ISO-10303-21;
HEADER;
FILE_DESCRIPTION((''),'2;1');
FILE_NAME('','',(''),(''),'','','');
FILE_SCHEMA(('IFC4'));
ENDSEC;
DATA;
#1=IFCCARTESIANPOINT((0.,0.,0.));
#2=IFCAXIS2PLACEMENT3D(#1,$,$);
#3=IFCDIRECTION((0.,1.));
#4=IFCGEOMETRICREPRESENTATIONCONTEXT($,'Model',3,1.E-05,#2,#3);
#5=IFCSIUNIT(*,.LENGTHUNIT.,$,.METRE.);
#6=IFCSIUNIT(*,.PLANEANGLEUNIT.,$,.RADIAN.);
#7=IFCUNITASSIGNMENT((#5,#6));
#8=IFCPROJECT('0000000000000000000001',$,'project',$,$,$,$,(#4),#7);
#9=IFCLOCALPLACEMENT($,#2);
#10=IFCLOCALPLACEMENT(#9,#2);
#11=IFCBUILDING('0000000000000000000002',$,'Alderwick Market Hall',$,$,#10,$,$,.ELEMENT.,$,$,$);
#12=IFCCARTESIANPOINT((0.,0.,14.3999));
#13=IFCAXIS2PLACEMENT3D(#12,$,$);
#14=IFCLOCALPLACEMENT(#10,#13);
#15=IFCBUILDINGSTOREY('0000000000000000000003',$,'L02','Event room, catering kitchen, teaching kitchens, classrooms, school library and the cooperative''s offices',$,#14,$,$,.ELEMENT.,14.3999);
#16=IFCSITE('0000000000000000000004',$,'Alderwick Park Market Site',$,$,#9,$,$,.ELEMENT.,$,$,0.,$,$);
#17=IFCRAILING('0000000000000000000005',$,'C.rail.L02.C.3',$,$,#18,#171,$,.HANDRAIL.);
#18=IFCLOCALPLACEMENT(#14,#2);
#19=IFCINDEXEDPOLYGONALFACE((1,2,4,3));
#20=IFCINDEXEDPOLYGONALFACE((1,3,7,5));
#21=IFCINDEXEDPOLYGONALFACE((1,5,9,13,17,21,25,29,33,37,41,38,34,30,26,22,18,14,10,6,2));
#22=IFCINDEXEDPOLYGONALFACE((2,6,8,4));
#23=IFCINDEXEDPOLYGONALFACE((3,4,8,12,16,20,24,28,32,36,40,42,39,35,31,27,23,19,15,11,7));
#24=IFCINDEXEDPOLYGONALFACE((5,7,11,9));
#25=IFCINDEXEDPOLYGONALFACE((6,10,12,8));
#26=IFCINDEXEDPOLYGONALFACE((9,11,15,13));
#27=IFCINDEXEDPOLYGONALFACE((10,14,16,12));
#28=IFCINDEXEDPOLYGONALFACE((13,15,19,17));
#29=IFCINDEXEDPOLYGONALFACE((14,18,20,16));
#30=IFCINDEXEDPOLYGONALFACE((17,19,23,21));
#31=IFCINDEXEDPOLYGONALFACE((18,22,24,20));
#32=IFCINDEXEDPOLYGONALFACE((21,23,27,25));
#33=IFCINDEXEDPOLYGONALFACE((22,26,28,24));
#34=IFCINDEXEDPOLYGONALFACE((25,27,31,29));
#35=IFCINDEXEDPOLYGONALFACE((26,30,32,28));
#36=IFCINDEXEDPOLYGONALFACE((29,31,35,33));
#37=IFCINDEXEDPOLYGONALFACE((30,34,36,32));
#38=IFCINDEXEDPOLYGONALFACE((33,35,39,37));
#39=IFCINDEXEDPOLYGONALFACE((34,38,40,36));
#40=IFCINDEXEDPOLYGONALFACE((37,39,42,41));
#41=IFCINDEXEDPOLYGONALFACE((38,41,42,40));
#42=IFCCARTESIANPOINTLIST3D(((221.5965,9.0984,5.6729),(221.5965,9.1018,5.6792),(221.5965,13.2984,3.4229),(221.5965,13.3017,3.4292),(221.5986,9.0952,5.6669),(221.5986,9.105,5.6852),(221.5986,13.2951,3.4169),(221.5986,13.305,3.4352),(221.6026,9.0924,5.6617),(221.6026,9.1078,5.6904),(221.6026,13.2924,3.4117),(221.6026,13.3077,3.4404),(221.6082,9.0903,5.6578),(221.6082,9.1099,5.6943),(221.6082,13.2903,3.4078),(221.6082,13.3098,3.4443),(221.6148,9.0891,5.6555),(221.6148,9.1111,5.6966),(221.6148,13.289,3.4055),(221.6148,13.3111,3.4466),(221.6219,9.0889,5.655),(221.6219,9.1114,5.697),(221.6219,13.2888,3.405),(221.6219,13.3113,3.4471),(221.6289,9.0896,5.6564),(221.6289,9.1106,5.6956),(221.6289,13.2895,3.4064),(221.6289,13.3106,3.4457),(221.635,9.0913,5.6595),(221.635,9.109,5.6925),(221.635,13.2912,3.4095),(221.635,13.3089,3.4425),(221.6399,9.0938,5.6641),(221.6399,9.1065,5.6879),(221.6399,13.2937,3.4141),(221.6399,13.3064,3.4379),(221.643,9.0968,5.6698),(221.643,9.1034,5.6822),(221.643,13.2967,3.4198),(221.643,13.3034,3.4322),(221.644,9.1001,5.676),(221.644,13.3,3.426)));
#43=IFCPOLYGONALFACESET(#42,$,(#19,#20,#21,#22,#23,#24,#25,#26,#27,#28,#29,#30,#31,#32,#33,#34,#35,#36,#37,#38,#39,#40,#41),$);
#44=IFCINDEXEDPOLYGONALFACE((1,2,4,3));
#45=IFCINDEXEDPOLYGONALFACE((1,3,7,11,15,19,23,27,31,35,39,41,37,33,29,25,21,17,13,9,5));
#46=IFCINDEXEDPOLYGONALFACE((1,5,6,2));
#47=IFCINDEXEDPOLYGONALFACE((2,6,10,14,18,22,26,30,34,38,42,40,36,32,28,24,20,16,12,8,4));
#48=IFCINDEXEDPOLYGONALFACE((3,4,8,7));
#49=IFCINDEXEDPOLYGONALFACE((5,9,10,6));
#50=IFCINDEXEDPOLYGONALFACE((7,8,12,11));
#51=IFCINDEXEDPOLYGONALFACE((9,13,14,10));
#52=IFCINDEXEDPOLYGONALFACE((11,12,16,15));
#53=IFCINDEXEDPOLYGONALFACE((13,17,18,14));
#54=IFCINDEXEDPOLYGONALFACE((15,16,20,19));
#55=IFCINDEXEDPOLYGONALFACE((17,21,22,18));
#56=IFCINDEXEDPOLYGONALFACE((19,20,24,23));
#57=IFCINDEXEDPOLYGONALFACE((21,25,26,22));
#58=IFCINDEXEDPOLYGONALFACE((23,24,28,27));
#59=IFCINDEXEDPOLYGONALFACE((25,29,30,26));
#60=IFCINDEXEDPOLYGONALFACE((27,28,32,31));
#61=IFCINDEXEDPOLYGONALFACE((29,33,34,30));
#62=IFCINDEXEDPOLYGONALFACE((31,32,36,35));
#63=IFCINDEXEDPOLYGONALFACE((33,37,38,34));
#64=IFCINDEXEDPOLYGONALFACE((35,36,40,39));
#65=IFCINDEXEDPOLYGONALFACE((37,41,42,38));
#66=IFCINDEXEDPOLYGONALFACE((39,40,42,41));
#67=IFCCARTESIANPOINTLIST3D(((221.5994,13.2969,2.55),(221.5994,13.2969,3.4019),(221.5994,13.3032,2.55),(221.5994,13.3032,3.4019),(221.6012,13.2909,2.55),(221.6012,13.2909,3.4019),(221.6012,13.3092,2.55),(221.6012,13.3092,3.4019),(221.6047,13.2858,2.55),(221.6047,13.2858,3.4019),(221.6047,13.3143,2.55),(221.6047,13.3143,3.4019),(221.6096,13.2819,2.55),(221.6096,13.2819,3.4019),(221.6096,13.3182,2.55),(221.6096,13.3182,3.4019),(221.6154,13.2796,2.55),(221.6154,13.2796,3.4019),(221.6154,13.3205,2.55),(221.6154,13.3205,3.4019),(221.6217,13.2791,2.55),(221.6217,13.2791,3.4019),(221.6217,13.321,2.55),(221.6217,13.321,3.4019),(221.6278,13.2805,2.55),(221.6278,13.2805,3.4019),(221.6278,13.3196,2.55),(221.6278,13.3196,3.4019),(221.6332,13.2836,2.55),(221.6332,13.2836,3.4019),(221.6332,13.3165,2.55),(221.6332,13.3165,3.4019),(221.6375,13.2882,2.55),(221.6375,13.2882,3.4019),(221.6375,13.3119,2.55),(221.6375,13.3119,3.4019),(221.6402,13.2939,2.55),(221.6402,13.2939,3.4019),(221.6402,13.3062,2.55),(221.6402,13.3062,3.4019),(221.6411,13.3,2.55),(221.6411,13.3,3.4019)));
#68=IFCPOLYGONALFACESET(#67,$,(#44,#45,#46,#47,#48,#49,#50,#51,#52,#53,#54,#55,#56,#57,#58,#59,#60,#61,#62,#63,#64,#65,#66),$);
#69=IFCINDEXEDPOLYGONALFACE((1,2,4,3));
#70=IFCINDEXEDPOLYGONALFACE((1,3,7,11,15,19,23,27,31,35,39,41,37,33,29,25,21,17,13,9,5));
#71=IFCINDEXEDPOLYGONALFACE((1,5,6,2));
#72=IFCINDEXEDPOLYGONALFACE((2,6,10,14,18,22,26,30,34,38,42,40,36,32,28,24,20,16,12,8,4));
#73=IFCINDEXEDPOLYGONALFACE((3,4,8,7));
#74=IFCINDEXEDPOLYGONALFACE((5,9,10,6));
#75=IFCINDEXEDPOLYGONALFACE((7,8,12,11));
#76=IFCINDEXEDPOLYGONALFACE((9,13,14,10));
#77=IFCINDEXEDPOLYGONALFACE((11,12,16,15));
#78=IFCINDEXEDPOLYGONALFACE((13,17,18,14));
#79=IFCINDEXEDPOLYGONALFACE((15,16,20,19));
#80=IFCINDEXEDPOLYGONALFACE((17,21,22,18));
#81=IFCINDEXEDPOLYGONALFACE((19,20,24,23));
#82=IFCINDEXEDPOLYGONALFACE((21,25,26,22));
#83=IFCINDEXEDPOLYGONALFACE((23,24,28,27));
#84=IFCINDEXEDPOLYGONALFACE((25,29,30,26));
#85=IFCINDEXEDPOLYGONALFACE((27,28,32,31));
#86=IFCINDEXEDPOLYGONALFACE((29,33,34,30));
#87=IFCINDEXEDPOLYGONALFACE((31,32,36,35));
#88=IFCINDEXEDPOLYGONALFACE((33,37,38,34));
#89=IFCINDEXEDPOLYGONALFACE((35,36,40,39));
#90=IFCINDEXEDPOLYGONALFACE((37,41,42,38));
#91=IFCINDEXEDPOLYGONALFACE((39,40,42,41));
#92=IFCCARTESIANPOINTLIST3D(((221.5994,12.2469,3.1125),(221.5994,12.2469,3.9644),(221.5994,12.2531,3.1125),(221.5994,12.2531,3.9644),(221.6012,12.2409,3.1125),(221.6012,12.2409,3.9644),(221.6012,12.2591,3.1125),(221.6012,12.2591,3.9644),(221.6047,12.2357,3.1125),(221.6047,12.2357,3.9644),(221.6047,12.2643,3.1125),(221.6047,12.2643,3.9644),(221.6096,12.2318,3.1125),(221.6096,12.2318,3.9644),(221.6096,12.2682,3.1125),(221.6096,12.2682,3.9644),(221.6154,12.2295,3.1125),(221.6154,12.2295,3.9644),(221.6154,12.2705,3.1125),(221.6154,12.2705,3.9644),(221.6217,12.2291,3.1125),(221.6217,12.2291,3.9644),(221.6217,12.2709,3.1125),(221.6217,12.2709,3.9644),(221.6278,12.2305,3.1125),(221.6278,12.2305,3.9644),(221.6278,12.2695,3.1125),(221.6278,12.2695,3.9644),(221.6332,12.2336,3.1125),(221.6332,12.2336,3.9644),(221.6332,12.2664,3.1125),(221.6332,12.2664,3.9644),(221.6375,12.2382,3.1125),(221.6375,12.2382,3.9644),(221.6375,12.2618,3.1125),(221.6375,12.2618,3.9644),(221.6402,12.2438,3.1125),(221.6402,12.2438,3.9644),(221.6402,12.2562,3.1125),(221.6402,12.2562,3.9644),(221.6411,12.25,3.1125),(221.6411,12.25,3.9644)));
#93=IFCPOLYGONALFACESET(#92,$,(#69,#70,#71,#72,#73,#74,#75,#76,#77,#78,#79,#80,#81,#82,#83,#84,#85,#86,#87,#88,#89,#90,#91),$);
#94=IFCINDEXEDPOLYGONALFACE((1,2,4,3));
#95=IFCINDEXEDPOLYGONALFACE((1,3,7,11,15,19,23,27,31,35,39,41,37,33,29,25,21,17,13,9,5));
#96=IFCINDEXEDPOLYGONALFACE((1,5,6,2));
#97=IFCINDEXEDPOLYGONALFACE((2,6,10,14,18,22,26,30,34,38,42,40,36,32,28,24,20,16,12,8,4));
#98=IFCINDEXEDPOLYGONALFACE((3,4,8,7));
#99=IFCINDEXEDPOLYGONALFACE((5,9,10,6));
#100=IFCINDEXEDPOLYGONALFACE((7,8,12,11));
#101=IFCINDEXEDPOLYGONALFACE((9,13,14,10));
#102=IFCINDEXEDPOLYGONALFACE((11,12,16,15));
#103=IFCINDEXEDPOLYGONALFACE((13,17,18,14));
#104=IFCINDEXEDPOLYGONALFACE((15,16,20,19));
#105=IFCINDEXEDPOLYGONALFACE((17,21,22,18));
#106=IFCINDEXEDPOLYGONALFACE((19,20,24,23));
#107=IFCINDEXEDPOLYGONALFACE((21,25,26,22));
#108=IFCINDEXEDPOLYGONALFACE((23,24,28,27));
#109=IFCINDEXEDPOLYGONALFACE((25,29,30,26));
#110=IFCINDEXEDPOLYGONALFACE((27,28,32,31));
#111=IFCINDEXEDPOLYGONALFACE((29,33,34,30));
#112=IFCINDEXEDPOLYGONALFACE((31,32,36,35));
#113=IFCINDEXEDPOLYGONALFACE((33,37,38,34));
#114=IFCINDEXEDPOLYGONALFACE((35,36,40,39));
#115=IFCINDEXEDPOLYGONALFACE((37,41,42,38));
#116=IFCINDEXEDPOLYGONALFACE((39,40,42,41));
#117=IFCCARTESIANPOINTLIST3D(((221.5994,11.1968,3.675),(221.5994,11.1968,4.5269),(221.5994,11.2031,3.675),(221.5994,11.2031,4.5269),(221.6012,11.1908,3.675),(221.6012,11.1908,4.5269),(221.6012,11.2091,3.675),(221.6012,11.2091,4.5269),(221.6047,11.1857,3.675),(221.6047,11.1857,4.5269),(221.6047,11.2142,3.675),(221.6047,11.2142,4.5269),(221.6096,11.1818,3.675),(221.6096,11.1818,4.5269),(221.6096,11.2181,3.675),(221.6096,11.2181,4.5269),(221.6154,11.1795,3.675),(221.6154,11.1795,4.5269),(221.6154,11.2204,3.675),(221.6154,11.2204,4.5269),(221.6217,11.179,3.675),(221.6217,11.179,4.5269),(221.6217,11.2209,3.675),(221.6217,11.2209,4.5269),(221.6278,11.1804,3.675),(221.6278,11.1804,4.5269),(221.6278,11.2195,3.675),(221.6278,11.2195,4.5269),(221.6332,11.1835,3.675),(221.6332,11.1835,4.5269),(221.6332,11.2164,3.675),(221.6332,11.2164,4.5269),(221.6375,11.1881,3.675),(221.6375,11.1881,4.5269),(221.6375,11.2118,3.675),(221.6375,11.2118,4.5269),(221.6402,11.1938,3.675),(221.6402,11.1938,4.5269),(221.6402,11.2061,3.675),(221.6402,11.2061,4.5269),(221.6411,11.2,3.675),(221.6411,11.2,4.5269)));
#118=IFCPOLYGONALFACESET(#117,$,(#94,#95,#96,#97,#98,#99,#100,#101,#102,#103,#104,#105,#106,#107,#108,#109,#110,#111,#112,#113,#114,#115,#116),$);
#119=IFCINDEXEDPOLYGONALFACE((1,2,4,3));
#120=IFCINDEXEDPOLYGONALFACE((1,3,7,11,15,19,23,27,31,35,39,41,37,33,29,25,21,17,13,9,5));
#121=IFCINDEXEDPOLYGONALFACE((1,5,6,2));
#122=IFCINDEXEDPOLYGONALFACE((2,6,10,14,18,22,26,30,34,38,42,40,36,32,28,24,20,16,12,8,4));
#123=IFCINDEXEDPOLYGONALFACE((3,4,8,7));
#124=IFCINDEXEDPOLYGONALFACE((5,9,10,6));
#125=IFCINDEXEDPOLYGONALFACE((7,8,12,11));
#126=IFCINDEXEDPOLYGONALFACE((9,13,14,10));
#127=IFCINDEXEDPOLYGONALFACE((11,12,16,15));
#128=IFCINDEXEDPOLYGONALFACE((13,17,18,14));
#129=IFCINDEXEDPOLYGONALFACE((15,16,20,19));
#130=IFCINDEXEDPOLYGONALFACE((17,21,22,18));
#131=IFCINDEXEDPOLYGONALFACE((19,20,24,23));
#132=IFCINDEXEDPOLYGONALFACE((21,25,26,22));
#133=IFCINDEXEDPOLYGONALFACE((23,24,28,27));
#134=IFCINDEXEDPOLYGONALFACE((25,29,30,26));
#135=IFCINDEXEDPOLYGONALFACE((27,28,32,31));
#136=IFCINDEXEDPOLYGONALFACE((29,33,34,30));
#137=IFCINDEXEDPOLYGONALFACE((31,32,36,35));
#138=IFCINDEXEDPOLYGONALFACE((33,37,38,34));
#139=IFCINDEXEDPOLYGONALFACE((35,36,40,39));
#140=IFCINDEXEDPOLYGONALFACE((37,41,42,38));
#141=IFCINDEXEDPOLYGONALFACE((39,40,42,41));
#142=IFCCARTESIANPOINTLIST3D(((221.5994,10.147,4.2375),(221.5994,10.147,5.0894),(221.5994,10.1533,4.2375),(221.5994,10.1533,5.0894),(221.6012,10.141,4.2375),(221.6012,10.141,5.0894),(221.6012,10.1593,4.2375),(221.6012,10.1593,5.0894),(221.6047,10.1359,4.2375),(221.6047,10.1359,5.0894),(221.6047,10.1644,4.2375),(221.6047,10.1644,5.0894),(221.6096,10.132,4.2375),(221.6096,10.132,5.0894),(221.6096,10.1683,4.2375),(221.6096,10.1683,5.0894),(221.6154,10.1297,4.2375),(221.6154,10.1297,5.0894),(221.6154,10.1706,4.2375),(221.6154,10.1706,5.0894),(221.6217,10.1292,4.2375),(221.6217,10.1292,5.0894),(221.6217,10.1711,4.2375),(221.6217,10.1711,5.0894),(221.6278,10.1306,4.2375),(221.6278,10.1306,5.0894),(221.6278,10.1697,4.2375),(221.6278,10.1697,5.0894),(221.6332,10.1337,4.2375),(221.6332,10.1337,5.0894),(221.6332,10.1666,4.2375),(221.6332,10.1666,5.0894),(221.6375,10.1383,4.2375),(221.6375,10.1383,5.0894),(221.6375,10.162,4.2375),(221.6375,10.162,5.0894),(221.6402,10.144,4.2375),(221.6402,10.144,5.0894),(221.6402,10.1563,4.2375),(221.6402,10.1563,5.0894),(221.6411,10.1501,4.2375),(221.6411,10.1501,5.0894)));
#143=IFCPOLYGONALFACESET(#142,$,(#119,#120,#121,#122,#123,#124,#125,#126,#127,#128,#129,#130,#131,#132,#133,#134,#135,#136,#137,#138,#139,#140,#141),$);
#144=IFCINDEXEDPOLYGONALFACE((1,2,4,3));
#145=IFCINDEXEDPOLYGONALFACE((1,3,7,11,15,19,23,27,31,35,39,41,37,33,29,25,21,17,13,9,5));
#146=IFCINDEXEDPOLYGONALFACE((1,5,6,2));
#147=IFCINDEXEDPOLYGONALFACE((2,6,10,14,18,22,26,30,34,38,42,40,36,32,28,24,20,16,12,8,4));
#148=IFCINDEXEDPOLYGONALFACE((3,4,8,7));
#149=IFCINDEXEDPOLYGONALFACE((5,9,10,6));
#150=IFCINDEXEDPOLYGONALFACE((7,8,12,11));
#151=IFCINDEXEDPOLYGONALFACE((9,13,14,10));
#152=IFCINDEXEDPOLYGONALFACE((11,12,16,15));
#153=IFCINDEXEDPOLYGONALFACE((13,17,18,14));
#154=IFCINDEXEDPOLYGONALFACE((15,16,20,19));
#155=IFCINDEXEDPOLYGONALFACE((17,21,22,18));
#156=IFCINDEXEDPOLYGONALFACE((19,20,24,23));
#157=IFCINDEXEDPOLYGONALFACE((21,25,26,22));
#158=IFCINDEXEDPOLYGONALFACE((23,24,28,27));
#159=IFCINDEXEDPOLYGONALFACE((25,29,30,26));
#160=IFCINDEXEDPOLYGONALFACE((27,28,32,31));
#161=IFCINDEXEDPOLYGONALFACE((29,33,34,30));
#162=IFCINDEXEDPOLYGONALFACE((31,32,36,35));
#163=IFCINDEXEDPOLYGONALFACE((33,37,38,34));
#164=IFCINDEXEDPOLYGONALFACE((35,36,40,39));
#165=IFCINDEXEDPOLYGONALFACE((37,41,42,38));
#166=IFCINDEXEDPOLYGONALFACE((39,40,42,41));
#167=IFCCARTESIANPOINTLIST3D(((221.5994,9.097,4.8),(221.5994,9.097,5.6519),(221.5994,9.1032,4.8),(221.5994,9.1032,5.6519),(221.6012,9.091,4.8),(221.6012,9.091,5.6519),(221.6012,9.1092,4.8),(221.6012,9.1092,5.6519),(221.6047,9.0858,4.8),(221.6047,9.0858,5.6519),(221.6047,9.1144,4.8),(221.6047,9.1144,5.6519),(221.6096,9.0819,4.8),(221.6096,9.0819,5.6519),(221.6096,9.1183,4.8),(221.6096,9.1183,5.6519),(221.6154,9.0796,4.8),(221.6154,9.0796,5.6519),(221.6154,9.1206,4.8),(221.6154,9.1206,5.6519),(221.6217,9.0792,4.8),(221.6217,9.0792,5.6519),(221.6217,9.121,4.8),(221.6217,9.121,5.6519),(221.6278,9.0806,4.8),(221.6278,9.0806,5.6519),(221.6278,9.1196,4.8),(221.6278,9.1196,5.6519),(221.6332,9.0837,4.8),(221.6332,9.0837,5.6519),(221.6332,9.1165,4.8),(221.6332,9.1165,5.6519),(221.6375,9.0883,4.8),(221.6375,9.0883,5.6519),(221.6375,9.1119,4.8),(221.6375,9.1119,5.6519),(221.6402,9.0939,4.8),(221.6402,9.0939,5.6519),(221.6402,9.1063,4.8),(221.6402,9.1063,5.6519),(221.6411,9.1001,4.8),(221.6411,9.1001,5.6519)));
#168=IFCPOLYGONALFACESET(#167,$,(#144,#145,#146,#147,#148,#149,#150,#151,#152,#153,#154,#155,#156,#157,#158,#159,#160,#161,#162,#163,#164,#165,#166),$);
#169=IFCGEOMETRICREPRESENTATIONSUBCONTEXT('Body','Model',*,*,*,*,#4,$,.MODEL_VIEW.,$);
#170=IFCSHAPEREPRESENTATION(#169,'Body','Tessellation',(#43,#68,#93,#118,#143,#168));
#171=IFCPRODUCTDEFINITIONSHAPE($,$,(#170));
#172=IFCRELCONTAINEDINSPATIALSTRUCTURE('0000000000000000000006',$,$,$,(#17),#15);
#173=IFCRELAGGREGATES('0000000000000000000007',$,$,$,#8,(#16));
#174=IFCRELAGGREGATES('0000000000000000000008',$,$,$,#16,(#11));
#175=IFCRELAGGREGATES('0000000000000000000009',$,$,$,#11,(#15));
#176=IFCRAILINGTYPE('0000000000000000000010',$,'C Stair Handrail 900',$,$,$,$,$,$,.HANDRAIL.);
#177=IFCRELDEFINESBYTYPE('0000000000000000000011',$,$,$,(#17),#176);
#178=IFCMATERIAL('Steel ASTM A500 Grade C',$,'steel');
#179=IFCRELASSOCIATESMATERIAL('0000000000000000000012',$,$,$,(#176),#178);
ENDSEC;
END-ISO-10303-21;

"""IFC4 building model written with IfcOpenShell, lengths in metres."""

from ifc_helpers import new_model, si_unit, direction, frame, origin, origin_2d, place, context, subcontext, project, spatial, circle, extrude, material, type_object, element, save


model = new_model("IFC4")

# Units and contexts
model_context = context("Model", 3, precision=1e-05, world=origin(), true_north=direction((0.0, 1.0)))
body_context = subcontext(model_context, "Body", "Model", "MODEL_VIEW")
ifc_project = project(units=[si_unit("LENGTHUNIT", "METRE"), si_unit("PLANEANGLEUNIT", "RADIAN")], contexts=[model_context])

# Site, building, storey
site_placement = place(None, origin())
site = spatial("IfcSite", under=ifc_project, at=site_placement, Name="Alderwick Park Market Site", CompositionType="ELEMENT", RefElevation=0.0)
building_placement = place(site_placement, origin())
building = spatial("IfcBuilding", under=site, at=building_placement, Name="Alderwick Market Hall", CompositionType="ELEMENT")
storey_placement = place(building_placement, frame((0.0, 0.0, 14.3999)))
storey = spatial("IfcBuildingStorey", under=building, at=storey_placement, Name="L02", Description="Event room, catering kitchen, teaching kitchens, classrooms, school library and the cooperative's offices", CompositionType="ELEMENT", Elevation=14.3999)

# Railing
ifc_material_1 = material(Name="Steel ASTM A500 Grade C", Category="steel")
railing_type_1 = type_object("IfcRailingType", Name="C Stair Handrail 900", PredefinedType="HANDRAIL", material=ifc_material_1)
for number, where, name in (
    (1, (221.6201, 13.3, 2.55), "C.rail.L02.C.3"),
):
    element("IfcRailing", number, at=place(storey_placement, frame(where)), inside=storey, type_object=railing_type_1, Name=name, PredefinedType="HANDRAIL", context=body_context, shape_type="SweptSolid", body=[
        extrude(circle(Radius=0.0239, at=origin_2d()), frame((0.0, 0.0, 0.876), z_axis=(0.0, -0.881478, 0.472226), x_axis=(1.0, 0.0, 0.0)), (0.0, 0.0, 1.0), 4.7646),
        extrude(circle(Radius=0.021, at=origin_2d()), origin(), (0.0, 0.0, 1.0), 0.8518),
        extrude(circle(Radius=0.021, at=origin_2d()), frame((0.0, -1.05, 0.5625)), (0.0, 0.0, 1.0), 0.8518),
        extrude(circle(Radius=0.021, at=origin_2d()), frame((0.0, -2.1001, 1.125)), (0.0, 0.0, 1.0), 0.8518),
        extrude(circle(Radius=0.021, at=origin_2d()), frame((0.0, -3.1499, 1.6875)), (0.0, 0.0, 1.0), 0.8518),
        extrude(circle(Radius=0.021, at=origin_2d()), frame((0.0, -4.2, 2.25)), (0.0, 0.0, 1.0), 0.8518),
    ])

save(model, "model.ifc")
